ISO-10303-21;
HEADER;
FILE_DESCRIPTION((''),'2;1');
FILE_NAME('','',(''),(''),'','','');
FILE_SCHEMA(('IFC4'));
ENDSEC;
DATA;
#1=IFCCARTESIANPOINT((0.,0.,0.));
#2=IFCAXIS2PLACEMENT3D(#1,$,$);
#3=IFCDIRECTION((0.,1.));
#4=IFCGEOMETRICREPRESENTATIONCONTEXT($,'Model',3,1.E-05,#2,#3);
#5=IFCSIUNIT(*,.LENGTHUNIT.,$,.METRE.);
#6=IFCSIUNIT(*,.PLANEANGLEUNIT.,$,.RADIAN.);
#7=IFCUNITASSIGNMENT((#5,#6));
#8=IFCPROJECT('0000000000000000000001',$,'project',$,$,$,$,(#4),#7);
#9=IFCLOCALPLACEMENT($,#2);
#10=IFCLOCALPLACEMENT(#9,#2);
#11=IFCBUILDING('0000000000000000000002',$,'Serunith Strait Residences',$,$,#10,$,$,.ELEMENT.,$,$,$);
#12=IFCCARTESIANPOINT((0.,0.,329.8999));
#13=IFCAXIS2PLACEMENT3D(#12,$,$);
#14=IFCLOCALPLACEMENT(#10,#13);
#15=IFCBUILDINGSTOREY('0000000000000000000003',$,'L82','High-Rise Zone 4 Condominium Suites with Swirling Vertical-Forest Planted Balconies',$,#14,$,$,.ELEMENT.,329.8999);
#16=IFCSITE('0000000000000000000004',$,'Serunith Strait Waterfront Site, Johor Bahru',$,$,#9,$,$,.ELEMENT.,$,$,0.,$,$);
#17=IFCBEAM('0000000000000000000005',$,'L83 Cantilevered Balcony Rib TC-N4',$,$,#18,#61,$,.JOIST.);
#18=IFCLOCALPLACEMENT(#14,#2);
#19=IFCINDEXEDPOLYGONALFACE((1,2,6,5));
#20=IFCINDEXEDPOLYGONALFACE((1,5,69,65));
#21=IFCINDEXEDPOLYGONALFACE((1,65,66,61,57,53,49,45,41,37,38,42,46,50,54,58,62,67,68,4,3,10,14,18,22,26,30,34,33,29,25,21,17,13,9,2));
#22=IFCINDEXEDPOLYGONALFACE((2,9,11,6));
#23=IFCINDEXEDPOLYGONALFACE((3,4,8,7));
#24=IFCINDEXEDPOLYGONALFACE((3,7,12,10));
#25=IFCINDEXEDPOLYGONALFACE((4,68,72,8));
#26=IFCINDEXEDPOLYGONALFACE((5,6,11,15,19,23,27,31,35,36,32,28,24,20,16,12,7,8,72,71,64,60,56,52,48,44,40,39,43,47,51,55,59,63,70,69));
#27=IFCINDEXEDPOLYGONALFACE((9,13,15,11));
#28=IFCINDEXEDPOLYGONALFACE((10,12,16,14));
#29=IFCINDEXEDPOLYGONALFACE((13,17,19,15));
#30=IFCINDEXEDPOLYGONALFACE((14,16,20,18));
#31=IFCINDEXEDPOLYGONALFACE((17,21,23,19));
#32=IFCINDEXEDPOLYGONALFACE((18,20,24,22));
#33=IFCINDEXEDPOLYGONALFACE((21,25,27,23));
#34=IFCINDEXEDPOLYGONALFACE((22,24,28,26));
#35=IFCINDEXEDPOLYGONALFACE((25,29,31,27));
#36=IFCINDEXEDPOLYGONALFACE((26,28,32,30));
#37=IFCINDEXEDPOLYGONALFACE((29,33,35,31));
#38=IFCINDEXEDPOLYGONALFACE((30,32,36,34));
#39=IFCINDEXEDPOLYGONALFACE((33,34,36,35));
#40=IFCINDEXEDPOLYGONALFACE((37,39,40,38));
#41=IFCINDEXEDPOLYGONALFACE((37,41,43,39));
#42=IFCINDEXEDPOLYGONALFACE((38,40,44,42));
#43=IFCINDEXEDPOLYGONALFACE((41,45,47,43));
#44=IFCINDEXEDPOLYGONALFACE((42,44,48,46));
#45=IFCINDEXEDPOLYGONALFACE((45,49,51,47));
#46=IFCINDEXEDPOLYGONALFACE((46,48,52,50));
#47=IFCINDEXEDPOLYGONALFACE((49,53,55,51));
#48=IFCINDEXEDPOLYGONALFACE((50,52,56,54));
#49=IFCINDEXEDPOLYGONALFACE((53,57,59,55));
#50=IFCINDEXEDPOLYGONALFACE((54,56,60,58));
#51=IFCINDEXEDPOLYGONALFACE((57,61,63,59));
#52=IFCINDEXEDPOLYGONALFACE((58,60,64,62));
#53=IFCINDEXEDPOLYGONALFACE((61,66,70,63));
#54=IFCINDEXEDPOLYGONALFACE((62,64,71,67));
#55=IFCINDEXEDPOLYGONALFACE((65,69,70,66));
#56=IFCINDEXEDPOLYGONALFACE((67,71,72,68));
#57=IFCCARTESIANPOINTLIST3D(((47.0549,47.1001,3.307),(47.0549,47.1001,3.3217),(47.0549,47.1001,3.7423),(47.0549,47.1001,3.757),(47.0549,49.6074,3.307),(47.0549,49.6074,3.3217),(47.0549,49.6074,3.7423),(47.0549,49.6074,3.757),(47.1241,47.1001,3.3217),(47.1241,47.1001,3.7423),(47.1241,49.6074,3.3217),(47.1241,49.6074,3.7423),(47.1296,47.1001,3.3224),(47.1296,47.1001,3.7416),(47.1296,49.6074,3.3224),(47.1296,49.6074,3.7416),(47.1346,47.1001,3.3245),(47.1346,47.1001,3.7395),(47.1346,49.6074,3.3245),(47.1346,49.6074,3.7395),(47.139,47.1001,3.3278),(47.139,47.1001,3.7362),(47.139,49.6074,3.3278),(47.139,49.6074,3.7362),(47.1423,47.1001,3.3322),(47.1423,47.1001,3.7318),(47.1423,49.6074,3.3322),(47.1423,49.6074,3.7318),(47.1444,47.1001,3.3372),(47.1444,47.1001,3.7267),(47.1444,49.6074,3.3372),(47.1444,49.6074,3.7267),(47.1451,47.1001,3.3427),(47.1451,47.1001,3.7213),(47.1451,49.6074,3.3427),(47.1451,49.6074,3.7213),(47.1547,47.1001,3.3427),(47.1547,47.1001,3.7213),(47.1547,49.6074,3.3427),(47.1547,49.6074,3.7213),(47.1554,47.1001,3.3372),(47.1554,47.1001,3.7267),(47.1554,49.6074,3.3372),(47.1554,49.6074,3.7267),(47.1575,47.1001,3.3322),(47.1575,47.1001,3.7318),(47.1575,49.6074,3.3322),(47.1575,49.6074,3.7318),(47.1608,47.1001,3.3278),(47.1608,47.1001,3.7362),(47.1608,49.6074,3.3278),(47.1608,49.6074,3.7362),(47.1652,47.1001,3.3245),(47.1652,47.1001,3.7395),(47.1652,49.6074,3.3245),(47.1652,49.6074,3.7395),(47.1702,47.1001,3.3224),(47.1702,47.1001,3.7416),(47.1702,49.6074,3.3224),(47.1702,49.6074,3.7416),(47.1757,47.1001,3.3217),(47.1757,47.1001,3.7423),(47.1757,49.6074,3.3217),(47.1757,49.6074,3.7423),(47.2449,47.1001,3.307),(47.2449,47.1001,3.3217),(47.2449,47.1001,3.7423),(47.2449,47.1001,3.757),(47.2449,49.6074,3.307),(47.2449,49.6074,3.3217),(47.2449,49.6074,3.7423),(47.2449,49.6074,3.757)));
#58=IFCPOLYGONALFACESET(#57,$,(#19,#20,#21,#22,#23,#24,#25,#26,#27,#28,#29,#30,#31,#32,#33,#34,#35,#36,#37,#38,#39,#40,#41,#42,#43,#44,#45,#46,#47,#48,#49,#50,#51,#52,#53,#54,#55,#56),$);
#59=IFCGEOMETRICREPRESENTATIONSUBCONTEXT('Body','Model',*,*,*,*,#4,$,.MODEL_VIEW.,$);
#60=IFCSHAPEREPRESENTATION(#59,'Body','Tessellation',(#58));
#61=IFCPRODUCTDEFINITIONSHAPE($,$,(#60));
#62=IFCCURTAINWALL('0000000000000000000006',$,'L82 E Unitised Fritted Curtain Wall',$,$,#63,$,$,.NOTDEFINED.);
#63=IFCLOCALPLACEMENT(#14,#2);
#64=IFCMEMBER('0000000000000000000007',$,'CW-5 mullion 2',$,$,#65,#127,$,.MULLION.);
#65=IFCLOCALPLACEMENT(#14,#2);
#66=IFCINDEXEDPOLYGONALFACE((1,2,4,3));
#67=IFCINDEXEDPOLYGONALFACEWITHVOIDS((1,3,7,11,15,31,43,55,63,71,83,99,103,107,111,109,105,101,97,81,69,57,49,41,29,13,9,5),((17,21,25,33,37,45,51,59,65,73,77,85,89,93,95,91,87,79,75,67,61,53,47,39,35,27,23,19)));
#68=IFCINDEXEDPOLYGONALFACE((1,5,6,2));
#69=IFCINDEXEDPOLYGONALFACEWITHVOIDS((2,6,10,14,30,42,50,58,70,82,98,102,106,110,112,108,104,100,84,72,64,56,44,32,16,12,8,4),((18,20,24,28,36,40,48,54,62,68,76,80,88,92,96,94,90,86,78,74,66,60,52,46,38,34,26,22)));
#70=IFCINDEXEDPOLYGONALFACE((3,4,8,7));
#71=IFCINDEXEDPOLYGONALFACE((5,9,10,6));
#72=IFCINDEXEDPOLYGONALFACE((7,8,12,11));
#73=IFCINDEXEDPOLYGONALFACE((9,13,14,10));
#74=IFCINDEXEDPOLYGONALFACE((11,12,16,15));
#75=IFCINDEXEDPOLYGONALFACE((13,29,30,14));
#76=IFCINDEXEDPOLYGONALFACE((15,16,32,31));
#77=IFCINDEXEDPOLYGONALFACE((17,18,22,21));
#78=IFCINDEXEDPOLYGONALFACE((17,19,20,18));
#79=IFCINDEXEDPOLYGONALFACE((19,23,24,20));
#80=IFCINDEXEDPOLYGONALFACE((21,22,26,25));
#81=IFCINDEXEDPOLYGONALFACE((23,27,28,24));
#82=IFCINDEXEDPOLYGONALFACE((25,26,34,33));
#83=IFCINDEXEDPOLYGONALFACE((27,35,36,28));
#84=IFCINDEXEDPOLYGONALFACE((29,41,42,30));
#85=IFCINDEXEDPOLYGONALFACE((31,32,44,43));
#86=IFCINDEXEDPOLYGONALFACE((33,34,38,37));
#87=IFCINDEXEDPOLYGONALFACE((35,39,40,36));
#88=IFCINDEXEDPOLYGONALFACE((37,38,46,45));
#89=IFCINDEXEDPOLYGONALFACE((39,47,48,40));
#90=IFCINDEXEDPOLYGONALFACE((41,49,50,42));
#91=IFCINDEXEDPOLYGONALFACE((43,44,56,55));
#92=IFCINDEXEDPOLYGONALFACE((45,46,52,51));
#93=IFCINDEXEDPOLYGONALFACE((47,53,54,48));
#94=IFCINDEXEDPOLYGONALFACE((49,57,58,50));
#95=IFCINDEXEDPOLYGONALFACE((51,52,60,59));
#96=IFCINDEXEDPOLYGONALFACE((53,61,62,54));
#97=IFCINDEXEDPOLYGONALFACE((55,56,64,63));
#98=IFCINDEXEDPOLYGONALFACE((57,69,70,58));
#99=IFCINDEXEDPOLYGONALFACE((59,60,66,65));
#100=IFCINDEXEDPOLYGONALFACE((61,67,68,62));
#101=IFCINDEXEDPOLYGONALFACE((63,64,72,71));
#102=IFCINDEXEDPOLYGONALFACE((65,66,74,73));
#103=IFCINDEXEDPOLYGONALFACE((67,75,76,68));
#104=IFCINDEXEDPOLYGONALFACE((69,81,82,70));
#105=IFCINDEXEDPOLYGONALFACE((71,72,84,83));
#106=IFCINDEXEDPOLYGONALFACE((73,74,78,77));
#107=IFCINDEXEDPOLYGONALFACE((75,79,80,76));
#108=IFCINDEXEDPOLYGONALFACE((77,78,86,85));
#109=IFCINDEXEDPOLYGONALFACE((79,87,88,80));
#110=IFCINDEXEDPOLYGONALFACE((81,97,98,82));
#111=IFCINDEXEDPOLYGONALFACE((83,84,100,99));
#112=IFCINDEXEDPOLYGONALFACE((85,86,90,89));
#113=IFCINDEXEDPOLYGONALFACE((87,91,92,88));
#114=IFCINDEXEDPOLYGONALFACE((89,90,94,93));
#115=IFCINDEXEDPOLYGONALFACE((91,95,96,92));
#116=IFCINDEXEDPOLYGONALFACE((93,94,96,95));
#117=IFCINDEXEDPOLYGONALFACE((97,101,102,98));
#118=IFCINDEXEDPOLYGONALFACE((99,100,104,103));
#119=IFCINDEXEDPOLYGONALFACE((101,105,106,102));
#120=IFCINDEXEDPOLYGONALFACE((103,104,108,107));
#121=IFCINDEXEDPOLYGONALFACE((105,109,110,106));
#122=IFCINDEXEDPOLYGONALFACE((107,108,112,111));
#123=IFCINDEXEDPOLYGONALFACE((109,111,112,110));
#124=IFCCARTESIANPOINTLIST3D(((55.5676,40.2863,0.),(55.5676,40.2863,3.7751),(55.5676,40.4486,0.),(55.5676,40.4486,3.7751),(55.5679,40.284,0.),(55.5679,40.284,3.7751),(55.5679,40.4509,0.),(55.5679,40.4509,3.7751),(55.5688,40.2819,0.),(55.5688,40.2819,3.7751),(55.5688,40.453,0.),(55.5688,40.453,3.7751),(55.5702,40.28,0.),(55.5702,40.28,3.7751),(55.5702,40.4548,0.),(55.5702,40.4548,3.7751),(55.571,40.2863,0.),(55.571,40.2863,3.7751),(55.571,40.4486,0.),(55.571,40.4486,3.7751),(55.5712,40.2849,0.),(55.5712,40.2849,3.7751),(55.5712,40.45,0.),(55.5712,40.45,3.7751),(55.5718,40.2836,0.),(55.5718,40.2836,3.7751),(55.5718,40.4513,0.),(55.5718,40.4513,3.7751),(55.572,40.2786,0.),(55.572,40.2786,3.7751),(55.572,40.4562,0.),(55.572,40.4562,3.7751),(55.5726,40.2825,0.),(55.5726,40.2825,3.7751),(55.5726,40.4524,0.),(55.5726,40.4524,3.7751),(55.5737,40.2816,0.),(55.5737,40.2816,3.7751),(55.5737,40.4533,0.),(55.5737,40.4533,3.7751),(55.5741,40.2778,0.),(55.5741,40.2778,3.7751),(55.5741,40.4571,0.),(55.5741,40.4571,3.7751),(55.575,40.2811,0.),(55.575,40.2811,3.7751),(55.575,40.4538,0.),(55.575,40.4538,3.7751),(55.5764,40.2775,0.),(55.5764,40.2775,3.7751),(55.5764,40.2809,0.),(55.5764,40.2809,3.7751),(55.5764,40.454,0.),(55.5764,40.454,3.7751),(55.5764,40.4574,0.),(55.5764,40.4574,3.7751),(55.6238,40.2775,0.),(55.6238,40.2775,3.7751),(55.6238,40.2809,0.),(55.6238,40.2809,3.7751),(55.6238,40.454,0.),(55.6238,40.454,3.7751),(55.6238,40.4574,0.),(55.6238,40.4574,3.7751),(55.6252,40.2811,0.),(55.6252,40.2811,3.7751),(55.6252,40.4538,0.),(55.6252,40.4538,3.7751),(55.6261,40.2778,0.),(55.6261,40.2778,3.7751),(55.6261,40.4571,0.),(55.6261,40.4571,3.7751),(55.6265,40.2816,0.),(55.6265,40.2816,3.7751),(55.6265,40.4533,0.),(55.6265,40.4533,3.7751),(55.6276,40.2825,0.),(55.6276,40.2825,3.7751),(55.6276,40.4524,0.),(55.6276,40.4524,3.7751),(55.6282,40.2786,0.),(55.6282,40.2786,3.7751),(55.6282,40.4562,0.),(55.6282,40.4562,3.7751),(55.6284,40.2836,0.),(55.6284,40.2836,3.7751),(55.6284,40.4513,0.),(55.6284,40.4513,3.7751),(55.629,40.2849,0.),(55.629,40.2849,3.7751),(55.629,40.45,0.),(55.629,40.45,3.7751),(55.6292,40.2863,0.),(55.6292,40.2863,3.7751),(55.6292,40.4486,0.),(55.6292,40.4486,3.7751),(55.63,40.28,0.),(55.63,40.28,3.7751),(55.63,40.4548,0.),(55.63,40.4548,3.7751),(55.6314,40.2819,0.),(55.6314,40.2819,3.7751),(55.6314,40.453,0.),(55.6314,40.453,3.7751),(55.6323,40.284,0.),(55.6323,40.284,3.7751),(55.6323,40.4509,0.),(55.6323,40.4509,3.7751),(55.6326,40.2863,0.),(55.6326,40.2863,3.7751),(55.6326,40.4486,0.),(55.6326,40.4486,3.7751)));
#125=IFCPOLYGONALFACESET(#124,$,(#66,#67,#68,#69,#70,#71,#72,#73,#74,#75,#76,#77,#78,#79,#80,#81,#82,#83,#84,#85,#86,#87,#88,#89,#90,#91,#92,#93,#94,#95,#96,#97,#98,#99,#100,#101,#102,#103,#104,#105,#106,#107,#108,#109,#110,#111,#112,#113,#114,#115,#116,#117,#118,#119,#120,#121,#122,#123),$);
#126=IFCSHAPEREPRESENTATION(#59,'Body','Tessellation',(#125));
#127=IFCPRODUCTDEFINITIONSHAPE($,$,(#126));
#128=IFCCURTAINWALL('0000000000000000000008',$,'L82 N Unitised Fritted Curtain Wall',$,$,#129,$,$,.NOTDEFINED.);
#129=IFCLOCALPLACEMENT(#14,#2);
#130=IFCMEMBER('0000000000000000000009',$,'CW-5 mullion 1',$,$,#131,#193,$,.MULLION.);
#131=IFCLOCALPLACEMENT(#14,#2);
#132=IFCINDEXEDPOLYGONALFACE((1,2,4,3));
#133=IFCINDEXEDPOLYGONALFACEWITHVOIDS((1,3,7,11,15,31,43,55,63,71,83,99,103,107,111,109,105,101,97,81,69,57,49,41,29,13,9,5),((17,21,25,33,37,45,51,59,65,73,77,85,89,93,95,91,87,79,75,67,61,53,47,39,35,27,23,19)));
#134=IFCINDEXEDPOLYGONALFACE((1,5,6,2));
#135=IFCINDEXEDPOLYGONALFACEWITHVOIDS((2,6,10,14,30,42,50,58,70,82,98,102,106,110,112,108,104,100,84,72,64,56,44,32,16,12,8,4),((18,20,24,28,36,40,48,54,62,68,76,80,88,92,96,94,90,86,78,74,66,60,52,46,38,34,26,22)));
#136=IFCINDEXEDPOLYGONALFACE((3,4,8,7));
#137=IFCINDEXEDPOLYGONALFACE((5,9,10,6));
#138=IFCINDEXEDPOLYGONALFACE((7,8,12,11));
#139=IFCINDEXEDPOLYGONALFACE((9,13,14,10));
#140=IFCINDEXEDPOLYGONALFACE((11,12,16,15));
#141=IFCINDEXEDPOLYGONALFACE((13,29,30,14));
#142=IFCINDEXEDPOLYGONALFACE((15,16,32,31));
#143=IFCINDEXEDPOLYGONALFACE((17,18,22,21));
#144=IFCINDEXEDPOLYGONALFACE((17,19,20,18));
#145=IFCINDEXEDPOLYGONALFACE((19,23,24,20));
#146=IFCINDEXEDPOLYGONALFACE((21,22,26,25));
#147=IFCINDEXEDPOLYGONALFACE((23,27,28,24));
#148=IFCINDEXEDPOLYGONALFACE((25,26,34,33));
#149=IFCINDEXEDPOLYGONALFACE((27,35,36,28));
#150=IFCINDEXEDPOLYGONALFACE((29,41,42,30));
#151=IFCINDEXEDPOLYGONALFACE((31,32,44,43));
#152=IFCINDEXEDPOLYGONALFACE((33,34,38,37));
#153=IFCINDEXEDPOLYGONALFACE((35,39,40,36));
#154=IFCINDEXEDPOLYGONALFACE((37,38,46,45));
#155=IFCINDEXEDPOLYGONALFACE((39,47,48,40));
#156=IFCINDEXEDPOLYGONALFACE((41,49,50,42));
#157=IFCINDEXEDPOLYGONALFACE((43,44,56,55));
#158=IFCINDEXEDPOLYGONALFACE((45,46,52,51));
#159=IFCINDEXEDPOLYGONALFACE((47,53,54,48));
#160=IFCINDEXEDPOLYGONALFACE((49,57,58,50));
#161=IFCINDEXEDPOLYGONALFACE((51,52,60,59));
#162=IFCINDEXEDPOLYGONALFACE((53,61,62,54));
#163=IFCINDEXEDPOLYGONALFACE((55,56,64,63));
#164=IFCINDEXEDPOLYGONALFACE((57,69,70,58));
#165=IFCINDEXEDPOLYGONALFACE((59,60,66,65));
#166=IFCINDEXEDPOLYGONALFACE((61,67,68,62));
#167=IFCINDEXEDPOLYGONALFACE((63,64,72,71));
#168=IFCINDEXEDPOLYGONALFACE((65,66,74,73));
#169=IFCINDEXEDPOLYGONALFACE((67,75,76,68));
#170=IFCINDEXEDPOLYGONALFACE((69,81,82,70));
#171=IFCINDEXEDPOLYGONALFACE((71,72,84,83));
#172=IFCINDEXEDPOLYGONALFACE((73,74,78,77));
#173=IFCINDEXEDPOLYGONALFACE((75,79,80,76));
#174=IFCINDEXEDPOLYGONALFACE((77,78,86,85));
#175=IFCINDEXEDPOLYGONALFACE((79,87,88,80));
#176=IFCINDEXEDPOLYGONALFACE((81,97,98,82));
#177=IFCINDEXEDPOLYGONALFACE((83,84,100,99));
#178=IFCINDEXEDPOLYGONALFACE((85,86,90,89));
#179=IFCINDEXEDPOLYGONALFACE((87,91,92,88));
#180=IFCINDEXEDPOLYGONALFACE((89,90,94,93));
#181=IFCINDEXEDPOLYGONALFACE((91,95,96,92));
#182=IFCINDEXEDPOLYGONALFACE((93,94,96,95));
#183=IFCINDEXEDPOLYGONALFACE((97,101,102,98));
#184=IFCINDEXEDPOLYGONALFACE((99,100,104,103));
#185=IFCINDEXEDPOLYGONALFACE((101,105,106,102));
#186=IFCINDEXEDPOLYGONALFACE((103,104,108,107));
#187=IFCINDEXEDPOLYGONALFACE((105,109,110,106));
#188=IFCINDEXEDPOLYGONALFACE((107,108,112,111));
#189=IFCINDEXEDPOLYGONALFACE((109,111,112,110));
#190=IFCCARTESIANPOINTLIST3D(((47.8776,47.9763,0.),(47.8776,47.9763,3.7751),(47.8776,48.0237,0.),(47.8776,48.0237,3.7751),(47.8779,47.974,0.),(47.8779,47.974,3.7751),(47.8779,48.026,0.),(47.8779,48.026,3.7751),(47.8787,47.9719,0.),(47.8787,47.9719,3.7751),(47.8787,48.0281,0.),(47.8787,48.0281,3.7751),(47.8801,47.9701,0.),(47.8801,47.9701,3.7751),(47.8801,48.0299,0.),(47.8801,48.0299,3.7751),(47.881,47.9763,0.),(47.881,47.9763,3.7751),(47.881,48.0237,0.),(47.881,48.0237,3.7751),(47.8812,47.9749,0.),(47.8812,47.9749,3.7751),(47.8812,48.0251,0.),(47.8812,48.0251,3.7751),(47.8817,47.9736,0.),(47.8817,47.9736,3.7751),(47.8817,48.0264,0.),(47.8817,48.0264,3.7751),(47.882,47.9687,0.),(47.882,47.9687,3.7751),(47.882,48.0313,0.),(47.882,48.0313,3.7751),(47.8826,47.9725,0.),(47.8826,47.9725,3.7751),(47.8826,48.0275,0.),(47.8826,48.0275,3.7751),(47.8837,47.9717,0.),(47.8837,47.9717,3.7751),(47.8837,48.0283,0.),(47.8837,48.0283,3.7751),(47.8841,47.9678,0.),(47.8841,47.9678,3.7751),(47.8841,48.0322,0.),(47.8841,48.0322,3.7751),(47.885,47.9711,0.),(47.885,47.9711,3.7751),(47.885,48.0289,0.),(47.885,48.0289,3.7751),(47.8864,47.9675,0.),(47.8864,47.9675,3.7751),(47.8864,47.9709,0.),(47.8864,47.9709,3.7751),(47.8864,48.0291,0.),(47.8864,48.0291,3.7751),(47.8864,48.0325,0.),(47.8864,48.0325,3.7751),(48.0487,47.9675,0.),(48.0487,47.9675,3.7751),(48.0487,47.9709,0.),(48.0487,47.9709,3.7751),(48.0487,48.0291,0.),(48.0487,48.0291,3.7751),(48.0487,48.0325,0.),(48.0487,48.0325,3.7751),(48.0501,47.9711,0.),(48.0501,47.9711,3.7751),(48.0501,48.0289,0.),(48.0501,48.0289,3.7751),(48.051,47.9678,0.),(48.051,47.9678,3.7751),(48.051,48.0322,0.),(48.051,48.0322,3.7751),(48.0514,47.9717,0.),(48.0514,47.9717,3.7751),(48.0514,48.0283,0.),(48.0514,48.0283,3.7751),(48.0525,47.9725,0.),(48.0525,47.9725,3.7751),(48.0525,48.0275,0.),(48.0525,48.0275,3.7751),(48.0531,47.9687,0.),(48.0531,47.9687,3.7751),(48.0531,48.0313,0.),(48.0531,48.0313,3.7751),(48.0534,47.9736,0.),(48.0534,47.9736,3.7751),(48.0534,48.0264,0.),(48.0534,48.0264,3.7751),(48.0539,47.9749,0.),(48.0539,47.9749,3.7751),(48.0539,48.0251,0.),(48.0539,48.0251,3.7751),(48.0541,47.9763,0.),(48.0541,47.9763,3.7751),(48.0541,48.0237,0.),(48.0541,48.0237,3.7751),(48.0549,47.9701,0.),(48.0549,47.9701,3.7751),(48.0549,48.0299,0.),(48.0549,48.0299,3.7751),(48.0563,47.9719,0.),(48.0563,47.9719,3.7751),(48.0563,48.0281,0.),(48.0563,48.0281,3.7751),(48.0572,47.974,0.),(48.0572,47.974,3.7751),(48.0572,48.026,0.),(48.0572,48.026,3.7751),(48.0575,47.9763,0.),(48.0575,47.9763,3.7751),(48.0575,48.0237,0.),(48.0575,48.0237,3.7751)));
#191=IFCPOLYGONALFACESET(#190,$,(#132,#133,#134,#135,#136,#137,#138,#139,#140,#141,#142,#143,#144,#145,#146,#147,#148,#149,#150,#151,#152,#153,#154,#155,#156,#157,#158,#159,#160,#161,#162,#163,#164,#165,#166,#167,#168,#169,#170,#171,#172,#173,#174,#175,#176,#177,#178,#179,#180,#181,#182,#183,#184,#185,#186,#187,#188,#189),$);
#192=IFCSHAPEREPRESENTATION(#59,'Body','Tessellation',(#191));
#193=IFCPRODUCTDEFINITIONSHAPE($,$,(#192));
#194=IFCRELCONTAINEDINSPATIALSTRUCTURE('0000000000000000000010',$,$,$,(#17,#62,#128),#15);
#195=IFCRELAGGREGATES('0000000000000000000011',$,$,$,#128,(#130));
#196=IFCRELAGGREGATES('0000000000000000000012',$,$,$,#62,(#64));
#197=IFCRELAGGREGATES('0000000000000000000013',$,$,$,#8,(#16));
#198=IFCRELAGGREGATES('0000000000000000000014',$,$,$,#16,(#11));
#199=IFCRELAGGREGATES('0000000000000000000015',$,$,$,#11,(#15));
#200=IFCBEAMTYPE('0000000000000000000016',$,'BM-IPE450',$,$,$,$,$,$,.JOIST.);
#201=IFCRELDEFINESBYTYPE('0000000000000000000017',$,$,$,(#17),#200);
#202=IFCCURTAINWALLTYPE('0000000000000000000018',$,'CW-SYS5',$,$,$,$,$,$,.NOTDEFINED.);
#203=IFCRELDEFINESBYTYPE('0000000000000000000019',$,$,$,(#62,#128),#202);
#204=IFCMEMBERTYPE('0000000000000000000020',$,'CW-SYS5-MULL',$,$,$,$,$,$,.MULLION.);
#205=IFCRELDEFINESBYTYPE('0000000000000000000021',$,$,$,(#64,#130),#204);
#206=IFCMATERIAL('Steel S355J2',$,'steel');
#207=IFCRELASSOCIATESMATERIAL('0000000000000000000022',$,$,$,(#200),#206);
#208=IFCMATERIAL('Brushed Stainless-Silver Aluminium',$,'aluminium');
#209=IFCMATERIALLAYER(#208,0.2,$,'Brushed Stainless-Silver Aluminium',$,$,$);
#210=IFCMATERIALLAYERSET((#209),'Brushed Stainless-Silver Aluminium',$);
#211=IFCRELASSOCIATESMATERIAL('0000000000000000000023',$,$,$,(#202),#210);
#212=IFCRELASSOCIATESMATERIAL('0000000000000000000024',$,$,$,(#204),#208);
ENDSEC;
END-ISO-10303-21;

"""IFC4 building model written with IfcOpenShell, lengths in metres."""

from ifc_helpers import new_model, si_unit, direction, frame, origin, origin_2d, place, context, subcontext, project, spatial, hollow_rectangle, i_section, extrude, source, transform, mapped, material, layer, layer_set, material_profile, profile_set, type_object, element, aggregate, save


model = new_model("IFC4")

# Units and contexts
model_context = context("Model", 3, precision=1e-05, world=origin(), true_north=direction((0.0, 1.0)))
body_context = subcontext(model_context, "Body", "Model", "MODEL_VIEW")
ifc_project = project(units=[si_unit("LENGTHUNIT", "METRE"), si_unit("PLANEANGLEUNIT", "RADIAN")], contexts=[model_context])

# Site, building, storey
site_placement = place(None, origin())
site = spatial("IfcSite", under=ifc_project, at=site_placement, Name="Serunith Strait Waterfront Site, Johor Bahru", CompositionType="ELEMENT", RefElevation=0.0)
building_placement = place(site_placement, origin())
building = spatial("IfcBuilding", under=site, at=building_placement, Name="Serunith Strait Residences", CompositionType="ELEMENT")
storey_placement = place(building_placement, frame((0.0, 0.0, 329.8999)))
storey = spatial("IfcBuildingStorey", under=building, at=storey_placement, Name="L82", Description="High-Rise Zone 4 Condominium Suites with Swirling Vertical-Forest Planted Balconies", CompositionType="ELEMENT", Elevation=329.8999)

# Beam
ifc_material_1 = material(Name="Steel S355J2", Category="steel")
ifc_material_profile_1 = material_profile(ifc_material_1, i_section(OverallWidth=0.1899, OverallDepth=0.45, WebThickness=0.0095, FlangeThickness=0.0146, FilletRadius=0.021, at=origin_2d()), Name="IPE 450")
ifc_profile_set_1 = profile_set([ifc_material_profile_1], Name="Steel S355J2")
beam_type_1 = type_object("IfcBeamType", Name="BM-IPE450", PredefinedType="JOIST", material=ifc_profile_set_1)
shared_shape_1 = source(origin(), body_context, "Body", "SweptSolid", [
    extrude(i_section(OverallWidth=0.1899, OverallDepth=0.45, WebThickness=0.0095, FlangeThickness=0.0146, FilletRadius=0.021, at=origin_2d()), origin(), (0.0, 0.0, 1.0), 2.5073),
])
beam_1_placement = place(storey_placement, frame((47.1499, 47.1001, 3.532), z_axis=(0.0, 1.0, 0.0), x_axis=(-1.0, 0.0, 0.0)))
element("IfcBeam", 1, at=beam_1_placement, inside=storey, type_object=beam_type_1, Name="L83 Cantilevered Balcony Rib TC-N4", PredefinedType="JOIST", context=body_context, shape_type="MappedRepresentation", body=[
    mapped(shared_shape_1, transform((0.0, 0.0, 0.0), scale=1.0)),
])

# Curtain wall, member
ifc_material_2 = material(Name="Brushed Stainless-Silver Aluminium", Category="aluminium")
ifc_layer_1 = layer(ifc_material_2, 0.2, Name="Brushed Stainless-Silver Aluminium")
ifc_layer_set_1 = layer_set([ifc_layer_1], Name="Brushed Stainless-Silver Aluminium")
curtain_wall_type = type_object("IfcCurtainWallType", Name="CW-SYS5", PredefinedType="NOTDEFINED", material=ifc_layer_set_1)
curtain_wall_1_placement = place(storey_placement, origin())
curtain_wall_1 = element("IfcCurtainWall", 2, at=curtain_wall_1_placement, inside=storey, type_object=curtain_wall_type, Name="L82 E Unitised Fritted Curtain Wall", PredefinedType="NOTDEFINED")
ifc_material_profile_2 = material_profile(ifc_material_2, hollow_rectangle(XDim=0.0649, YDim=0.1799, WallThickness=0.0034, InnerFilletRadius=0.0054, OuterFilletRadius=0.0088, at=origin_2d()), Name="ALU 180x65x3.5")
ifc_profile_set_2 = profile_set([ifc_material_profile_2], Name="Brushed Stainless-Silver Aluminium")
member_type_1 = type_object("IfcMemberType", Name="CW-SYS5-MULL", PredefinedType="MULLION", material=ifc_profile_set_2)
shared_shape_2 = source(origin(), body_context, "Body", "SweptSolid", [
    extrude(hollow_rectangle(XDim=0.0649, YDim=0.1799, WallThickness=0.0034, InnerFilletRadius=0.0054, OuterFilletRadius=0.0088, at=origin_2d()), origin(), (0.0, 0.0, 1.0), 3.7751),
])
member_1_placement = place(storey_placement, frame((55.6001, 40.3674, 0.0), z_axis=(0.0, 0.0, 1.0), x_axis=(-1.0, 0.0, 0.0)))
member_1 = element("IfcMember", 3, at=member_1_placement, type_object=member_type_1, Name="CW-5 mullion 2", PredefinedType="MULLION", context=body_context, shape_type="MappedRepresentation", body=[
    mapped(shared_shape_2, transform((0.0, 0.0, 0.0), scale=1.0)),
])

# Curtain wall, member
curtain_wall_2_placement = place(storey_placement, origin())
curtain_wall_2 = element("IfcCurtainWall", 4, at=curtain_wall_2_placement, inside=storey, type_object=curtain_wall_type, Name="L82 N Unitised Fritted Curtain Wall", PredefinedType="NOTDEFINED")
member_2_placement = place(storey_placement, frame((47.9675, 48.0, 0.0), z_axis=(0.0, 0.0, 1.0), x_axis=(0.0, -1.0, 0.0)))
member_2 = element("IfcMember", 5, at=member_2_placement, type_object=member_type_1, Name="CW-5 mullion 1", PredefinedType="MULLION", context=body_context, shape_type="MappedRepresentation", body=[
    mapped(shared_shape_2, transform((0.0, 0.0, 0.0), scale=1.0)),
])
aggregate(curtain_wall_2, [member_2])

aggregate(curtain_wall_1, [member_1])

save(model, "model.ifc")
